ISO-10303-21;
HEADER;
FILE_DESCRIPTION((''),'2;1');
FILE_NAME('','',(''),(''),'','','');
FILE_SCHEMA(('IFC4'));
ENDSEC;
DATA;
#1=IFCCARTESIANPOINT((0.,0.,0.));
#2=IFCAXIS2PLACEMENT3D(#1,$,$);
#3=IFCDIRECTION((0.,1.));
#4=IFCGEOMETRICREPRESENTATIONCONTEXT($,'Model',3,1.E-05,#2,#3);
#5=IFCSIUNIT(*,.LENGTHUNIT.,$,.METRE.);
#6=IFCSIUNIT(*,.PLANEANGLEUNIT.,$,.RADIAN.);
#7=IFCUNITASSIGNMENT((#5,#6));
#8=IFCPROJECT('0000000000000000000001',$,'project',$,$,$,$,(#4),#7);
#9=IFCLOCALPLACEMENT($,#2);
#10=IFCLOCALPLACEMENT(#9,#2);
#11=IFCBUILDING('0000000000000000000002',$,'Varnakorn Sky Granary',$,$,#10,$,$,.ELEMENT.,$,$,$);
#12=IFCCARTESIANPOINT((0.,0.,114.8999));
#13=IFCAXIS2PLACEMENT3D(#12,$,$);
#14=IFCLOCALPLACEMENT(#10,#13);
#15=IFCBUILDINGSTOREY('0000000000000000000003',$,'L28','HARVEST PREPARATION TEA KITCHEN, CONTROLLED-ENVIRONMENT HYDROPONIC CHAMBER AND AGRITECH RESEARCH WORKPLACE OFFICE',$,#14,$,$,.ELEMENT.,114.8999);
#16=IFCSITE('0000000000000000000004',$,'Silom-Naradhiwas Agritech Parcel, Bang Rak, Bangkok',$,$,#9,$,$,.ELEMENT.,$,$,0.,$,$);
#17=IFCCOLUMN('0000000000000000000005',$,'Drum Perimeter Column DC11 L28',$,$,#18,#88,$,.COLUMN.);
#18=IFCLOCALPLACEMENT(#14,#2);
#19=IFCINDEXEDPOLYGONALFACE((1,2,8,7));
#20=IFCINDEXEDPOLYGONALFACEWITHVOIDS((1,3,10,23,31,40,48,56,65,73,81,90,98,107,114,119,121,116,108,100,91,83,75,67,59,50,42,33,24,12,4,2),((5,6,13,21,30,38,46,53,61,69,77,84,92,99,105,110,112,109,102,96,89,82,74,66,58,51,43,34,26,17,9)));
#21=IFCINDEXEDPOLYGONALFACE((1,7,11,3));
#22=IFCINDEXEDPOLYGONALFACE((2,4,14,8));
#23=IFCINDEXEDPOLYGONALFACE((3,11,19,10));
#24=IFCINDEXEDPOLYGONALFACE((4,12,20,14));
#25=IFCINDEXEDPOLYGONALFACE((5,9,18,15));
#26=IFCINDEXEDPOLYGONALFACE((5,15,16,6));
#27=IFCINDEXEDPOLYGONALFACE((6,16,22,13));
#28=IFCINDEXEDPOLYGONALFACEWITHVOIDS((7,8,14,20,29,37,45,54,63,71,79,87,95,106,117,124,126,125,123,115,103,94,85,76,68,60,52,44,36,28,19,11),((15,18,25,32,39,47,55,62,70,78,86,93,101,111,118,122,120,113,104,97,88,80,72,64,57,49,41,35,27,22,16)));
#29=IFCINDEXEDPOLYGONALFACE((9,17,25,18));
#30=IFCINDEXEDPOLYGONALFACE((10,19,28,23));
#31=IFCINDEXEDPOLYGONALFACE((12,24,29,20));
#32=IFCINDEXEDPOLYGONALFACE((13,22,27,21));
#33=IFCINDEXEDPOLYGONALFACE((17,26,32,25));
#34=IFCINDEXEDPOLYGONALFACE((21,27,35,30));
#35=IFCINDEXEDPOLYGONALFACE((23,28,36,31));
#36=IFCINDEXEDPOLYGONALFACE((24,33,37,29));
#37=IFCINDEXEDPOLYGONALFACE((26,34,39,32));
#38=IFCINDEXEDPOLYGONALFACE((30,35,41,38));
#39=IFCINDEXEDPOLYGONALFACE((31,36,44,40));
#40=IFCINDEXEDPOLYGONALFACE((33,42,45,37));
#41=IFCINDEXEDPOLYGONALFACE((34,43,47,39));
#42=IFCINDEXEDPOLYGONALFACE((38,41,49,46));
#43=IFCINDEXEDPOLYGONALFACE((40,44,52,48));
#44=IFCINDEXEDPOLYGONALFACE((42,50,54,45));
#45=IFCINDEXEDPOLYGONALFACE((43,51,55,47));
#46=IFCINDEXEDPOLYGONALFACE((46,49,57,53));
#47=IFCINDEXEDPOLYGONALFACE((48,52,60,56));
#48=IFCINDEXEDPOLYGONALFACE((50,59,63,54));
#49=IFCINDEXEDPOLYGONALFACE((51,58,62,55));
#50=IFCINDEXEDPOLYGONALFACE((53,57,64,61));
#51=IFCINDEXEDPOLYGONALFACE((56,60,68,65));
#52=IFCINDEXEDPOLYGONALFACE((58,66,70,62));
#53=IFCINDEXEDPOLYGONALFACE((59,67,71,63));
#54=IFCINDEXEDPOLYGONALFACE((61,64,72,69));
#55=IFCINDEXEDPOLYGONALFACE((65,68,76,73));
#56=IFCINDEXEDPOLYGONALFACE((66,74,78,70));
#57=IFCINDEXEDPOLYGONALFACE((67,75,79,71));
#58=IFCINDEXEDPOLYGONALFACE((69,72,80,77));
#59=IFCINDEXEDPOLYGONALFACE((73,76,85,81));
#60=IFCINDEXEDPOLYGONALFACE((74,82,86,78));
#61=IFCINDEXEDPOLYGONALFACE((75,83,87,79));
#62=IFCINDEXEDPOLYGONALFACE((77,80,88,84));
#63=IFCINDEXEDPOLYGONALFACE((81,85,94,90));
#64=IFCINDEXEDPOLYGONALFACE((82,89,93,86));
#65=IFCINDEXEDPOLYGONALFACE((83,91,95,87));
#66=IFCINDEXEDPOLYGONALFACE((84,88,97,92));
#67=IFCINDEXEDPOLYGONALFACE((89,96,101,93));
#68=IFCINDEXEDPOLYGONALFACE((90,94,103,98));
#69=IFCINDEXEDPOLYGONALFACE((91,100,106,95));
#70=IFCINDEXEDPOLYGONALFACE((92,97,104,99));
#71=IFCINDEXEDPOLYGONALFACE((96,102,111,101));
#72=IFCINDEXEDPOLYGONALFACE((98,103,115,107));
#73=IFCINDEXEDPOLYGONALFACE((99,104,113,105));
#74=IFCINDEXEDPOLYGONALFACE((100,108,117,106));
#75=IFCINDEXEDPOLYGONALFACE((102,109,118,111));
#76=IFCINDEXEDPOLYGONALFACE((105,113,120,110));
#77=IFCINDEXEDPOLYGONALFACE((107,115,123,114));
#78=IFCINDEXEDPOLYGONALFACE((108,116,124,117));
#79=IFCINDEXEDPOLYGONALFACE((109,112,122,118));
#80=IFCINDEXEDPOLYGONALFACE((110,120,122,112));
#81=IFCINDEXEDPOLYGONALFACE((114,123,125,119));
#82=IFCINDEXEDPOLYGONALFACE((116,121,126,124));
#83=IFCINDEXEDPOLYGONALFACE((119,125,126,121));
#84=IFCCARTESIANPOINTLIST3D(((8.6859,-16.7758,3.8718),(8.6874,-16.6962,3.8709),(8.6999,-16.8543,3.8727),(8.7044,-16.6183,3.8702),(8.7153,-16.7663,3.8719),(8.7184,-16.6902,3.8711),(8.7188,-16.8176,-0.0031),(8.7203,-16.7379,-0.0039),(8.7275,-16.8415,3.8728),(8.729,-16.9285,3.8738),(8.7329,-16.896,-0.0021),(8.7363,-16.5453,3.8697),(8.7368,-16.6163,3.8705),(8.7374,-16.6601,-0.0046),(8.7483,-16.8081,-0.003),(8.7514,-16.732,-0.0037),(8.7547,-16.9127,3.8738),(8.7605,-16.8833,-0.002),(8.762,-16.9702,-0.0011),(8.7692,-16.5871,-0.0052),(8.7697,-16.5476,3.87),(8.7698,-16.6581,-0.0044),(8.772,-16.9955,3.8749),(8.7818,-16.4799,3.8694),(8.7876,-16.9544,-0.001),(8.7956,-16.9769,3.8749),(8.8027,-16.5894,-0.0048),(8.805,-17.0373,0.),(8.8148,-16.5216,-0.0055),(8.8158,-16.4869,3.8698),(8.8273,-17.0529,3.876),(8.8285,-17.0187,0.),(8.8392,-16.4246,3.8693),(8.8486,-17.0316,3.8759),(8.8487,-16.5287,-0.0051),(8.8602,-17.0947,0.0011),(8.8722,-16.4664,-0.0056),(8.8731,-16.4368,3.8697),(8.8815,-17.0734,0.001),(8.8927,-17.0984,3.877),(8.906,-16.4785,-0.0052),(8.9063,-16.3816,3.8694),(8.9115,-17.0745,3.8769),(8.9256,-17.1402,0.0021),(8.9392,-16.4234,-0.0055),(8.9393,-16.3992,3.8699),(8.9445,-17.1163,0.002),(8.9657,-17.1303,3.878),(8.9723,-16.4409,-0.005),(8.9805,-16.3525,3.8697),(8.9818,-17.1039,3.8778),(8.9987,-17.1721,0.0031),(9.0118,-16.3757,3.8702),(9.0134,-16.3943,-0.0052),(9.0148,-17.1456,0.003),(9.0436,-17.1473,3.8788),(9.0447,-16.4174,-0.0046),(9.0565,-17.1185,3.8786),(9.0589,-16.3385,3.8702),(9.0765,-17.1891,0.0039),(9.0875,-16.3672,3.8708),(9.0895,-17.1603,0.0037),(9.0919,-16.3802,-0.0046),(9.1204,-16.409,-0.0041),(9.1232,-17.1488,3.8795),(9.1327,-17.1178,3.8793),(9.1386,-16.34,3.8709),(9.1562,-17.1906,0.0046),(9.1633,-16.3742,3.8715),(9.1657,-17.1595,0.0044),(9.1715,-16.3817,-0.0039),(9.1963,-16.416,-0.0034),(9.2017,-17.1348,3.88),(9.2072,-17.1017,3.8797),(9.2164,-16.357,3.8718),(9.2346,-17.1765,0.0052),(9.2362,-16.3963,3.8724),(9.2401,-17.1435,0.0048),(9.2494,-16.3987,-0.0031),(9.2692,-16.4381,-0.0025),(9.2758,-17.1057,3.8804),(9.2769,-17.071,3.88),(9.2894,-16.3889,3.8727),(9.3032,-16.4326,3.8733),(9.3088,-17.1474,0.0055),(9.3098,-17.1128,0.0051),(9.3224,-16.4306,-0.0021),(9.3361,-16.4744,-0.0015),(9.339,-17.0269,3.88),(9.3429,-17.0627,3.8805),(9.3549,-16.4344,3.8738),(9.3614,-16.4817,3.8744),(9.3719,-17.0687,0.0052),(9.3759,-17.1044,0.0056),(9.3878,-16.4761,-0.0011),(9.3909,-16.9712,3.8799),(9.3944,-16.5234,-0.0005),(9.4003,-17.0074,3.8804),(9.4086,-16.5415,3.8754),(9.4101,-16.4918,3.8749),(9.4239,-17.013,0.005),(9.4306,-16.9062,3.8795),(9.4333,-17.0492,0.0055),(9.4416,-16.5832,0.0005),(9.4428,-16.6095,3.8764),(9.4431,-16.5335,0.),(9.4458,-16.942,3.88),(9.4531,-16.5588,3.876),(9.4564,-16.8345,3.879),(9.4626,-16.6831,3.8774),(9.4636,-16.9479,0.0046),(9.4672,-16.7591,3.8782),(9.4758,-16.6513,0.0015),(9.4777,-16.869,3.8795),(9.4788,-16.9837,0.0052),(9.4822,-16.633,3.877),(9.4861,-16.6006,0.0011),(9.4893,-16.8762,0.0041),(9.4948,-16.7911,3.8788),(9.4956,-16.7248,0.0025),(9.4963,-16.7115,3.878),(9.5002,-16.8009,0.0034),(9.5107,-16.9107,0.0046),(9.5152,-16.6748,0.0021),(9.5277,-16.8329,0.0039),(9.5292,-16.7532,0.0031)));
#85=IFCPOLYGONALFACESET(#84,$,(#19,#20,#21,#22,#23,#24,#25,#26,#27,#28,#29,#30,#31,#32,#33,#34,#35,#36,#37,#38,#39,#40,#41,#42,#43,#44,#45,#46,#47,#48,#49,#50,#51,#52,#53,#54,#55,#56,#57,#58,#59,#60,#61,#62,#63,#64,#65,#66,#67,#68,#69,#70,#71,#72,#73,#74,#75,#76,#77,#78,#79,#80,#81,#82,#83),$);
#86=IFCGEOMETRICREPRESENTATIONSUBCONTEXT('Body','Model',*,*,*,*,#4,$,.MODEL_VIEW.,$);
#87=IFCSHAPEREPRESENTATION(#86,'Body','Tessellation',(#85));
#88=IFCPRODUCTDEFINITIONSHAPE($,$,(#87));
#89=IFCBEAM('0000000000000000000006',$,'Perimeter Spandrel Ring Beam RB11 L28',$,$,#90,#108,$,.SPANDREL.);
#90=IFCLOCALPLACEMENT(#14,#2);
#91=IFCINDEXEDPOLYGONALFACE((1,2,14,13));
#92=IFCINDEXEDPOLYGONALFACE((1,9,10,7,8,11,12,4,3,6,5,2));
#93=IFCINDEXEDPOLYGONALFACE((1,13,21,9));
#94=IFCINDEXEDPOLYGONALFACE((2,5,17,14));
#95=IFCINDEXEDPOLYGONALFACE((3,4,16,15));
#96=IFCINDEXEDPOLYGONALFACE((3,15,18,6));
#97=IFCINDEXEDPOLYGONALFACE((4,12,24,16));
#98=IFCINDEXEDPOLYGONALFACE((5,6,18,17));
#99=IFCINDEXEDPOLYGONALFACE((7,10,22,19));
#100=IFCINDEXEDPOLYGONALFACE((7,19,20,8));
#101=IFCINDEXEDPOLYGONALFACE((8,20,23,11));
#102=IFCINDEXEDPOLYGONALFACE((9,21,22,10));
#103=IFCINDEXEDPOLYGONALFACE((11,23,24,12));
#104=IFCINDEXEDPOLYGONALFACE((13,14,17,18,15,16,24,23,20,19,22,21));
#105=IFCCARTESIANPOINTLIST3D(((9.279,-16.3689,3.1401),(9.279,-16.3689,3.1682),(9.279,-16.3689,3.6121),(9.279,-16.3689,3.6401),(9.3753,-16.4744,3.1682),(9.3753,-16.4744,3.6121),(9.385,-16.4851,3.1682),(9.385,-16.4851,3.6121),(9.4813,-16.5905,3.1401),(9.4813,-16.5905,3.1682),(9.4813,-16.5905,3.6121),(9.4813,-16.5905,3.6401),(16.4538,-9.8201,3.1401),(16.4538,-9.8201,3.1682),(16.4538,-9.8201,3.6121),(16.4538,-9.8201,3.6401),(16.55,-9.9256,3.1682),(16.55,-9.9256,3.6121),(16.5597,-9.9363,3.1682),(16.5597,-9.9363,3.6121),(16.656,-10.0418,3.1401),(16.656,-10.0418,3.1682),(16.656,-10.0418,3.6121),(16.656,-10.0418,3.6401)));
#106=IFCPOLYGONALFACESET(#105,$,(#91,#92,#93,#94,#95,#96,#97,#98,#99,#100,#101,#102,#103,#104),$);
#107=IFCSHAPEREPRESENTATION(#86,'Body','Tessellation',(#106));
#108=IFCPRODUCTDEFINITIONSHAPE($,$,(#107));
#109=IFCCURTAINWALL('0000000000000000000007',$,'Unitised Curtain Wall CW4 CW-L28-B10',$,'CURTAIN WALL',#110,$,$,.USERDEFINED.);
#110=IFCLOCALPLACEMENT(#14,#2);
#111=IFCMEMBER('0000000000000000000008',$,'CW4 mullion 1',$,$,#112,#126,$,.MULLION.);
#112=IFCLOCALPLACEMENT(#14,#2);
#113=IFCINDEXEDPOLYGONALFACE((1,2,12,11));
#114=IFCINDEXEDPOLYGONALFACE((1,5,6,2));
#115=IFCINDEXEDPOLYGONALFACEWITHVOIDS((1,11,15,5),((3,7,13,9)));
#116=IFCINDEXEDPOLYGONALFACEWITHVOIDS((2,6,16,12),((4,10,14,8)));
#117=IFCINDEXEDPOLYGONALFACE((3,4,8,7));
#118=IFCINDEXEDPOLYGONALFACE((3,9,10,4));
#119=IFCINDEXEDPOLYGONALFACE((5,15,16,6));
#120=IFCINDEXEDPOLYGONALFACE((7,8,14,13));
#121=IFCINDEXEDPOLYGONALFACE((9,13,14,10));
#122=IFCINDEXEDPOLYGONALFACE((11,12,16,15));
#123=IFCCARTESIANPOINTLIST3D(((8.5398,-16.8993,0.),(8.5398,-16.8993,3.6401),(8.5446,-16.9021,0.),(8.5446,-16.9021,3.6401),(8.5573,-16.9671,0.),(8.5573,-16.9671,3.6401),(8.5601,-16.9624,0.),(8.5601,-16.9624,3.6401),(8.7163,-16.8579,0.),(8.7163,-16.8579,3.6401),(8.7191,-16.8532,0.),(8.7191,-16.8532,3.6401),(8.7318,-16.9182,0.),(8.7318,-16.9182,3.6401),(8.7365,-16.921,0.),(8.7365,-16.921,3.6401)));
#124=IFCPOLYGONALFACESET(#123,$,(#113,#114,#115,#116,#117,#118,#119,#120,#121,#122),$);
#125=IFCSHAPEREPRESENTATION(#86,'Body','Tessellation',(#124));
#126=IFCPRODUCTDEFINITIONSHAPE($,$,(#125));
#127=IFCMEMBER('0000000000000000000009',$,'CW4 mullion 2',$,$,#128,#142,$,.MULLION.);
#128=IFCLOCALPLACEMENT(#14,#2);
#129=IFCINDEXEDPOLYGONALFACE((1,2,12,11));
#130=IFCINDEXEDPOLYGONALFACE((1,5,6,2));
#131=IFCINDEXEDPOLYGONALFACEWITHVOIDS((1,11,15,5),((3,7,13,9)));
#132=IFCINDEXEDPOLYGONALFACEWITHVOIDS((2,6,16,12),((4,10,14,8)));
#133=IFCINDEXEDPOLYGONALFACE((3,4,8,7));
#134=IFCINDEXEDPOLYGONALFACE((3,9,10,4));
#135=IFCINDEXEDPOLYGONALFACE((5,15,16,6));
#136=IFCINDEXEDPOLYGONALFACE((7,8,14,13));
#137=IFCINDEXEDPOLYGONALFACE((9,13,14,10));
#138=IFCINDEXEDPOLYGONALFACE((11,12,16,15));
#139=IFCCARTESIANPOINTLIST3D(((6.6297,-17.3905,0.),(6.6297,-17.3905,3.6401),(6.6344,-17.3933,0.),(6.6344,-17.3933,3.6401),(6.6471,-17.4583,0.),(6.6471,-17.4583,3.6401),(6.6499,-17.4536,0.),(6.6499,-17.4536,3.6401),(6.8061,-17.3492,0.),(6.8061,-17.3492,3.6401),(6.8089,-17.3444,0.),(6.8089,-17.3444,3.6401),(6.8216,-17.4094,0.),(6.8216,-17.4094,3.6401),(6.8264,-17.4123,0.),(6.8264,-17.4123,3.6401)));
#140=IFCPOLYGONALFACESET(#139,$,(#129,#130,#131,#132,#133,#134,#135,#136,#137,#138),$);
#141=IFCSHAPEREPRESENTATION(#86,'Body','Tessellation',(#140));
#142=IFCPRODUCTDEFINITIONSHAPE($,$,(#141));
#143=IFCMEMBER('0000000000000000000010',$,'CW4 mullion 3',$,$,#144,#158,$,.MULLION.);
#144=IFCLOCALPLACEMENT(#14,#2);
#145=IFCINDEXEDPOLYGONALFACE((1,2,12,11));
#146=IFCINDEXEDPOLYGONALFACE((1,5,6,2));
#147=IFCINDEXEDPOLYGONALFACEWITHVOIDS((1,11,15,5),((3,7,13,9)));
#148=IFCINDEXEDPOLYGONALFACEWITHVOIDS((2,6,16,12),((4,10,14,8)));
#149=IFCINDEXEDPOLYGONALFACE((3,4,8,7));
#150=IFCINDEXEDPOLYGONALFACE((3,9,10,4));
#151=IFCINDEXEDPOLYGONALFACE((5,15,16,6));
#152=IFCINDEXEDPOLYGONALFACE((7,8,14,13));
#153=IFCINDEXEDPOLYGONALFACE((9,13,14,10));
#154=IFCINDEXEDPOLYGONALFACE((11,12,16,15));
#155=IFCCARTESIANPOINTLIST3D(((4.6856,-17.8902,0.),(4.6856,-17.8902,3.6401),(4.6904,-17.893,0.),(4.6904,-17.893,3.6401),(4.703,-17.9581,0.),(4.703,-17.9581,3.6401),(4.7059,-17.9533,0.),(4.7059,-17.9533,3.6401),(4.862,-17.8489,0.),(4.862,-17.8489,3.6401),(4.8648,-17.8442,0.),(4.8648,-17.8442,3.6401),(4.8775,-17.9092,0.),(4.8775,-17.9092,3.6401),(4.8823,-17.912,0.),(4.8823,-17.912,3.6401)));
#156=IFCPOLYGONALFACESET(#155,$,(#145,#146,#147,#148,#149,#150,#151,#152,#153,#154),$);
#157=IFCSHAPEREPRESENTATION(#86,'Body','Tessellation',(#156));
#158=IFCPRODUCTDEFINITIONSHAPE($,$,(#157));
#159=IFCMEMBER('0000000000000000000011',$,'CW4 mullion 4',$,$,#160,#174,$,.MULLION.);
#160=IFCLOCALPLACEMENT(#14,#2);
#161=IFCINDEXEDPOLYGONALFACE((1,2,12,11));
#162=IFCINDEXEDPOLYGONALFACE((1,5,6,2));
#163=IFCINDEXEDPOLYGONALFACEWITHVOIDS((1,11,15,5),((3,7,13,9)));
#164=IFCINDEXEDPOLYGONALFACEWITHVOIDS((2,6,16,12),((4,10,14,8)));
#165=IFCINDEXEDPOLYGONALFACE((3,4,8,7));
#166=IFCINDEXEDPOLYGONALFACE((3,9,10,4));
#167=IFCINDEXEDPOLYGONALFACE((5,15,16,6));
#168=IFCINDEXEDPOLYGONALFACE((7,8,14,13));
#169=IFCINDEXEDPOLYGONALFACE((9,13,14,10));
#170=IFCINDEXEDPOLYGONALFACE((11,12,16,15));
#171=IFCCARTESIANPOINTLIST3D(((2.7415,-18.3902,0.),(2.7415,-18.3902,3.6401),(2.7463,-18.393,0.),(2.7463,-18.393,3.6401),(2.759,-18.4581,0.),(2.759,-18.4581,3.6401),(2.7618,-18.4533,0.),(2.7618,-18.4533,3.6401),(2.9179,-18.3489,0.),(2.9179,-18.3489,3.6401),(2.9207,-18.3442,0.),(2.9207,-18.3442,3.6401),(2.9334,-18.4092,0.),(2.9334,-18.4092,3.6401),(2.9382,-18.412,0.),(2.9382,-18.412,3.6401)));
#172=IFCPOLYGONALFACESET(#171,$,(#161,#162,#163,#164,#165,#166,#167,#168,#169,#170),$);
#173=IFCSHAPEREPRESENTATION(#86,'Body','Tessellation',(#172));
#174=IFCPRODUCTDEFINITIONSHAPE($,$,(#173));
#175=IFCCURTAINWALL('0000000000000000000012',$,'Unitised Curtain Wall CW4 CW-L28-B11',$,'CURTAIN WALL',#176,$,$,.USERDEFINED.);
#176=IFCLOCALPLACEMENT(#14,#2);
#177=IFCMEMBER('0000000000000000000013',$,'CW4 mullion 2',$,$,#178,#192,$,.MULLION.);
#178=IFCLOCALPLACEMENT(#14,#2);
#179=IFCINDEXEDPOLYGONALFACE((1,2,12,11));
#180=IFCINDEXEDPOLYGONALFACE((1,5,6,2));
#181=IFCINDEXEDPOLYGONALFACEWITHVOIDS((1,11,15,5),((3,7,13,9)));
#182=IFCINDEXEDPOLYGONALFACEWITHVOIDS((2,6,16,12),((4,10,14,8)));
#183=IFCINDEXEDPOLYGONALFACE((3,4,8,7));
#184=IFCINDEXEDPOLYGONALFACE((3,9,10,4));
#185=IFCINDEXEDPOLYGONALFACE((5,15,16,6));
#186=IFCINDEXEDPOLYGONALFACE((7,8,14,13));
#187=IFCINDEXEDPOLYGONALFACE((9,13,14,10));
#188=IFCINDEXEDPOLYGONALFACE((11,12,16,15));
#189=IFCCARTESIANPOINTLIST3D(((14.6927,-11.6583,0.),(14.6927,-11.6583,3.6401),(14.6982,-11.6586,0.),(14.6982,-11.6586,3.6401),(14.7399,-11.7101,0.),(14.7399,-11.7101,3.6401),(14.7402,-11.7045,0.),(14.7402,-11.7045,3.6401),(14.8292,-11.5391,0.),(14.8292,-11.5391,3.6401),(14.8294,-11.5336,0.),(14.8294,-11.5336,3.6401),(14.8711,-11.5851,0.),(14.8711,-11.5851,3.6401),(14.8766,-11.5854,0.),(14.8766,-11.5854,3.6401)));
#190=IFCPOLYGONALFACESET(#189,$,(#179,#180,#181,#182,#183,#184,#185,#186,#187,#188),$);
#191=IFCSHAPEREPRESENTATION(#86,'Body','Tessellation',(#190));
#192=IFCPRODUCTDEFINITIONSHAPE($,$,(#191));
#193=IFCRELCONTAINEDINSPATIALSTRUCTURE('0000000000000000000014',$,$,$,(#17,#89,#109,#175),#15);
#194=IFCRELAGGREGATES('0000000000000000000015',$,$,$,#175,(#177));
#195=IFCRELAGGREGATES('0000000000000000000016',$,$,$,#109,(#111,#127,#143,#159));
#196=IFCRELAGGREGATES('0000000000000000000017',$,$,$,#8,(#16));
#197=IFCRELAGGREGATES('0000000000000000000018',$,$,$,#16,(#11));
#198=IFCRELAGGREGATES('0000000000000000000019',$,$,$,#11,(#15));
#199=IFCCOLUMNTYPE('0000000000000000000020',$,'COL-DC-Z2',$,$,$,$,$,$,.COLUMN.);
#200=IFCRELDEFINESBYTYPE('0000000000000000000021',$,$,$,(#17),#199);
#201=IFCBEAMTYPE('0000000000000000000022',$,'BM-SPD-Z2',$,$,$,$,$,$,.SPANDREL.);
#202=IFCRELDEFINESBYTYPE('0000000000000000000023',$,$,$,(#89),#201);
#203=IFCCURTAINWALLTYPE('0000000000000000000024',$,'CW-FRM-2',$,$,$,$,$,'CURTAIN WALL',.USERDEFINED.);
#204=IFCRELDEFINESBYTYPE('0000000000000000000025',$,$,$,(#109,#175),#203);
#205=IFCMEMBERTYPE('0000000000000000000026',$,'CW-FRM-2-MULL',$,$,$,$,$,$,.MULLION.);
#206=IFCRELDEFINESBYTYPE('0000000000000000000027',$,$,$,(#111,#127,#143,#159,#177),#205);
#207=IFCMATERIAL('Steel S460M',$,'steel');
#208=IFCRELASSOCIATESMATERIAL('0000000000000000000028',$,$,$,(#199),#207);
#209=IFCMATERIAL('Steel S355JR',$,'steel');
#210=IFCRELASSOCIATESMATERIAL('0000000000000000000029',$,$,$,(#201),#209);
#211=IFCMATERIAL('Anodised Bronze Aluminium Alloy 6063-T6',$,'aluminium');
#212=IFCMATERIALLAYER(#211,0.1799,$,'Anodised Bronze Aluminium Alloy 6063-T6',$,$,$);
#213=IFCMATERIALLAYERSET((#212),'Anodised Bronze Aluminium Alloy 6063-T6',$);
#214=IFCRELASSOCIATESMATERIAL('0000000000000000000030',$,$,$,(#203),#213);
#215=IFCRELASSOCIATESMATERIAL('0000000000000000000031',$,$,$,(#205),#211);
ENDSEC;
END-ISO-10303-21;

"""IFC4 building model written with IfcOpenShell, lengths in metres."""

from ifc_helpers import new_model, si_unit, direction, frame, origin, origin_2d, place, context, subcontext, project, spatial, hollow_rectangle, hollow_circle, i_section, extrude, material, layer, layer_set, material_profile, profile_set, type_object, element, aggregate, save


model = new_model("IFC4")

# Units and contexts
model_context = context("Model", 3, precision=1e-05, world=origin(), true_north=direction((0.0, 1.0)))
body_context = subcontext(model_context, "Body", "Model", "MODEL_VIEW")
ifc_project = project(units=[si_unit("LENGTHUNIT", "METRE"), si_unit("PLANEANGLEUNIT", "RADIAN")], contexts=[model_context])

# Site, building, storey
site_placement = place(None, origin())
site = spatial("IfcSite", under=ifc_project, at=site_placement, Name="Silom-Naradhiwas Agritech Parcel, Bang Rak, Bangkok", CompositionType="ELEMENT", RefElevation=0.0)
building_placement = place(site_placement, origin())
building = spatial("IfcBuilding", under=site, at=building_placement, Name="Varnakorn Sky Granary", CompositionType="ELEMENT")
storey_placement = place(building_placement, frame((0.0, 0.0, 114.8999)))
storey = spatial("IfcBuildingStorey", under=building, at=storey_placement, Name="L28", Description="HARVEST PREPARATION TEA KITCHEN, CONTROLLED-ENVIRONMENT HYDROPONIC CHAMBER AND AGRITECH RESEARCH WORKPLACE OFFICE", CompositionType="ELEMENT", Elevation=114.8999)

# Column
ifc_material_1 = material(Name="Steel S460M", Category="steel")
ifc_material_profile_1 = material_profile(ifc_material_1, hollow_circle(Radius=0.4065, WallThickness=0.03, at=origin_2d()), Name="CHS 813x30")
ifc_profile_set_1 = profile_set([ifc_material_profile_1], Name="Steel S460M")
column_type = type_object("IfcColumnType", Name="COL-DC-Z2", PredefinedType="COLUMN", material=ifc_profile_set_1)
column_placement = place(storey_placement, frame((9.124, -16.7854, 0.0), z_axis=(-0.008505, 0.010773, 0.999906), x_axis=(-0.784883, -0.619644, 0.0)))
element("IfcColumn", 1, at=column_placement, inside=storey, type_object=column_type, Name="Drum Perimeter Column DC11 L28", PredefinedType="COLUMN", context=body_context, shape_type="SweptSolid", body=[
    extrude(hollow_circle(Radius=0.4065, WallThickness=0.03, at=origin_2d()), origin(), (0.0, 0.0, 1.0), 3.8752),
])

# Beam
ifc_material_2 = material(Name="Steel S355JR", Category="steel")
ifc_material_profile_2 = material_profile(ifc_material_2, i_section(OverallWidth=0.3, OverallDepth=0.5, WebThickness=0.0144, FlangeThickness=0.0281, at=origin_2d()), Name="HE 500 B")
ifc_profile_set_2 = profile_set([ifc_material_profile_2], Name="Steel S355JR")
beam_type = type_object("IfcBeamType", Name="BM-SPD-Z2", PredefinedType="SPANDREL", material=ifc_profile_set_2)
beam_placement = place(storey_placement, frame((9.3801, -16.4797, 3.3901), z_axis=(0.738592, 0.674153, 0.0), x_axis=(-0.674153, 0.738592, 0.0)))
element("IfcBeam", 2, at=beam_placement, inside=storey, type_object=beam_type, Name="Perimeter Spandrel Ring Beam RB11 L28", PredefinedType="SPANDREL", context=body_context, shape_type="SweptSolid", body=[
    extrude(i_section(OverallWidth=0.3, OverallDepth=0.5, WebThickness=0.0144, FlangeThickness=0.0281, at=origin_2d()), origin(), (0.0, 0.0, 1.0), 9.7141),
])

# Curtain walls, members
ifc_material_3 = material(Name="Anodised Bronze Aluminium Alloy 6063-T6", Category="aluminium")
ifc_layer_1 = layer(ifc_material_3, 0.1799, Name="Anodised Bronze Aluminium Alloy 6063-T6")
ifc_layer_set_1 = layer_set([ifc_layer_1], Name="Anodised Bronze Aluminium Alloy 6063-T6")
curtain_wall_type = type_object("IfcCurtainWallType", Name="CW-FRM-2", ElementType="CURTAIN WALL", PredefinedType="USERDEFINED", material=ifc_layer_set_1)
curtain_wall_1_placement = place(storey_placement, origin())
curtain_wall_1 = element("IfcCurtainWall", 3, at=curtain_wall_1_placement, inside=storey, type_object=curtain_wall_type, Name="Unitised Curtain Wall CW4 CW-L28-B10", ObjectType="CURTAIN WALL", PredefinedType="USERDEFINED")
ifc_material_profile_3 = material_profile(ifc_material_3, hollow_rectangle(XDim=0.0701, YDim=0.1851, WallThickness=0.0039, at=origin_2d()), Name="ALU MULL 70x185")
ifc_profile_set_3 = profile_set([ifc_material_profile_3], Name="Anodised Bronze Aluminium Alloy 6063-T6")
member_type_1 = type_object("IfcMemberType", Name="CW-FRM-2-MULL", PredefinedType="MULLION", material=ifc_profile_set_3)
member_1_placement = place(storey_placement, frame((8.6382, -16.9102, 0.0), z_axis=(0.0, 0.0, 1.0), x_axis=(0.249019, -0.968498, 0.0)))
member_1 = element("IfcMember", 4, at=member_1_placement, type_object=member_type_1, Name="CW4 mullion 1", PredefinedType="MULLION", context=body_context, shape_type="SweptSolid", body=[
    extrude(hollow_rectangle(XDim=0.0701, YDim=0.1851, WallThickness=0.0039, at=origin_2d()), origin(), (0.0, 0.0, 1.0), 3.6401),
])
member_2_placement = place(storey_placement, frame((6.728, -17.4014, 0.0), z_axis=(0.0, 0.0, 1.0), x_axis=(0.249019, -0.968498, 0.0)))
member_2 = element("IfcMember", 5, at=member_2_placement, type_object=member_type_1, Name="CW4 mullion 2", PredefinedType="MULLION", context=body_context, shape_type="SweptSolid", body=[
    extrude(hollow_rectangle(XDim=0.0701, YDim=0.1851, WallThickness=0.0039, at=origin_2d()), origin(), (0.0, 0.0, 1.0), 3.6401),
])
member_3_placement = place(storey_placement, frame((4.7839, -17.9011, 0.0), z_axis=(0.0, 0.0, 1.0), x_axis=(0.249019, -0.968498, 0.0)))
member_3 = element("IfcMember", 6, at=member_3_placement, type_object=member_type_1, Name="CW4 mullion 3", PredefinedType="MULLION", context=body_context, shape_type="SweptSolid", body=[
    extrude(hollow_rectangle(XDim=0.0701, YDim=0.1851, WallThickness=0.0039, at=origin_2d()), origin(), (0.0, 0.0, 1.0), 3.6401),
])
member_4_placement = place(storey_placement, frame((2.8398, -18.4011, 0.0), z_axis=(0.0, 0.0, 1.0), x_axis=(0.249019, -0.968498, 0.0)))
member_4 = element("IfcMember", 7, at=member_4_placement, type_object=member_type_1, Name="CW4 mullion 4", PredefinedType="MULLION", context=body_context, shape_type="SweptSolid", body=[
    extrude(hollow_rectangle(XDim=0.0701, YDim=0.1851, WallThickness=0.0039, at=origin_2d()), origin(), (0.0, 0.0, 1.0), 3.6401),
])
curtain_wall_2_placement = place(storey_placement, origin())
curtain_wall_2 = element("IfcCurtainWall", 8, at=curtain_wall_2_placement, inside=storey, type_object=curtain_wall_type, Name="Unitised Curtain Wall CW4 CW-L28-B11", ObjectType="CURTAIN WALL", PredefinedType="USERDEFINED")
member_5_placement = place(storey_placement, frame((14.7847, -11.6218, 0.0), z_axis=(0.0, 0.0, 1.0), x_axis=(0.673925, -0.7388, 0.0)))
member_5 = element("IfcMember", 9, at=member_5_placement, type_object=member_type_1, Name="CW4 mullion 2", PredefinedType="MULLION", context=body_context, shape_type="SweptSolid", body=[
    extrude(hollow_rectangle(XDim=0.0701, YDim=0.1851, WallThickness=0.0039, at=origin_2d()), origin(), (0.0, 0.0, 1.0), 3.6401),
])

aggregate(curtain_wall_2, [member_5])
aggregate(curtain_wall_1, [member_1, member_2, member_3, member_4])

save(model, "model.ifc")
